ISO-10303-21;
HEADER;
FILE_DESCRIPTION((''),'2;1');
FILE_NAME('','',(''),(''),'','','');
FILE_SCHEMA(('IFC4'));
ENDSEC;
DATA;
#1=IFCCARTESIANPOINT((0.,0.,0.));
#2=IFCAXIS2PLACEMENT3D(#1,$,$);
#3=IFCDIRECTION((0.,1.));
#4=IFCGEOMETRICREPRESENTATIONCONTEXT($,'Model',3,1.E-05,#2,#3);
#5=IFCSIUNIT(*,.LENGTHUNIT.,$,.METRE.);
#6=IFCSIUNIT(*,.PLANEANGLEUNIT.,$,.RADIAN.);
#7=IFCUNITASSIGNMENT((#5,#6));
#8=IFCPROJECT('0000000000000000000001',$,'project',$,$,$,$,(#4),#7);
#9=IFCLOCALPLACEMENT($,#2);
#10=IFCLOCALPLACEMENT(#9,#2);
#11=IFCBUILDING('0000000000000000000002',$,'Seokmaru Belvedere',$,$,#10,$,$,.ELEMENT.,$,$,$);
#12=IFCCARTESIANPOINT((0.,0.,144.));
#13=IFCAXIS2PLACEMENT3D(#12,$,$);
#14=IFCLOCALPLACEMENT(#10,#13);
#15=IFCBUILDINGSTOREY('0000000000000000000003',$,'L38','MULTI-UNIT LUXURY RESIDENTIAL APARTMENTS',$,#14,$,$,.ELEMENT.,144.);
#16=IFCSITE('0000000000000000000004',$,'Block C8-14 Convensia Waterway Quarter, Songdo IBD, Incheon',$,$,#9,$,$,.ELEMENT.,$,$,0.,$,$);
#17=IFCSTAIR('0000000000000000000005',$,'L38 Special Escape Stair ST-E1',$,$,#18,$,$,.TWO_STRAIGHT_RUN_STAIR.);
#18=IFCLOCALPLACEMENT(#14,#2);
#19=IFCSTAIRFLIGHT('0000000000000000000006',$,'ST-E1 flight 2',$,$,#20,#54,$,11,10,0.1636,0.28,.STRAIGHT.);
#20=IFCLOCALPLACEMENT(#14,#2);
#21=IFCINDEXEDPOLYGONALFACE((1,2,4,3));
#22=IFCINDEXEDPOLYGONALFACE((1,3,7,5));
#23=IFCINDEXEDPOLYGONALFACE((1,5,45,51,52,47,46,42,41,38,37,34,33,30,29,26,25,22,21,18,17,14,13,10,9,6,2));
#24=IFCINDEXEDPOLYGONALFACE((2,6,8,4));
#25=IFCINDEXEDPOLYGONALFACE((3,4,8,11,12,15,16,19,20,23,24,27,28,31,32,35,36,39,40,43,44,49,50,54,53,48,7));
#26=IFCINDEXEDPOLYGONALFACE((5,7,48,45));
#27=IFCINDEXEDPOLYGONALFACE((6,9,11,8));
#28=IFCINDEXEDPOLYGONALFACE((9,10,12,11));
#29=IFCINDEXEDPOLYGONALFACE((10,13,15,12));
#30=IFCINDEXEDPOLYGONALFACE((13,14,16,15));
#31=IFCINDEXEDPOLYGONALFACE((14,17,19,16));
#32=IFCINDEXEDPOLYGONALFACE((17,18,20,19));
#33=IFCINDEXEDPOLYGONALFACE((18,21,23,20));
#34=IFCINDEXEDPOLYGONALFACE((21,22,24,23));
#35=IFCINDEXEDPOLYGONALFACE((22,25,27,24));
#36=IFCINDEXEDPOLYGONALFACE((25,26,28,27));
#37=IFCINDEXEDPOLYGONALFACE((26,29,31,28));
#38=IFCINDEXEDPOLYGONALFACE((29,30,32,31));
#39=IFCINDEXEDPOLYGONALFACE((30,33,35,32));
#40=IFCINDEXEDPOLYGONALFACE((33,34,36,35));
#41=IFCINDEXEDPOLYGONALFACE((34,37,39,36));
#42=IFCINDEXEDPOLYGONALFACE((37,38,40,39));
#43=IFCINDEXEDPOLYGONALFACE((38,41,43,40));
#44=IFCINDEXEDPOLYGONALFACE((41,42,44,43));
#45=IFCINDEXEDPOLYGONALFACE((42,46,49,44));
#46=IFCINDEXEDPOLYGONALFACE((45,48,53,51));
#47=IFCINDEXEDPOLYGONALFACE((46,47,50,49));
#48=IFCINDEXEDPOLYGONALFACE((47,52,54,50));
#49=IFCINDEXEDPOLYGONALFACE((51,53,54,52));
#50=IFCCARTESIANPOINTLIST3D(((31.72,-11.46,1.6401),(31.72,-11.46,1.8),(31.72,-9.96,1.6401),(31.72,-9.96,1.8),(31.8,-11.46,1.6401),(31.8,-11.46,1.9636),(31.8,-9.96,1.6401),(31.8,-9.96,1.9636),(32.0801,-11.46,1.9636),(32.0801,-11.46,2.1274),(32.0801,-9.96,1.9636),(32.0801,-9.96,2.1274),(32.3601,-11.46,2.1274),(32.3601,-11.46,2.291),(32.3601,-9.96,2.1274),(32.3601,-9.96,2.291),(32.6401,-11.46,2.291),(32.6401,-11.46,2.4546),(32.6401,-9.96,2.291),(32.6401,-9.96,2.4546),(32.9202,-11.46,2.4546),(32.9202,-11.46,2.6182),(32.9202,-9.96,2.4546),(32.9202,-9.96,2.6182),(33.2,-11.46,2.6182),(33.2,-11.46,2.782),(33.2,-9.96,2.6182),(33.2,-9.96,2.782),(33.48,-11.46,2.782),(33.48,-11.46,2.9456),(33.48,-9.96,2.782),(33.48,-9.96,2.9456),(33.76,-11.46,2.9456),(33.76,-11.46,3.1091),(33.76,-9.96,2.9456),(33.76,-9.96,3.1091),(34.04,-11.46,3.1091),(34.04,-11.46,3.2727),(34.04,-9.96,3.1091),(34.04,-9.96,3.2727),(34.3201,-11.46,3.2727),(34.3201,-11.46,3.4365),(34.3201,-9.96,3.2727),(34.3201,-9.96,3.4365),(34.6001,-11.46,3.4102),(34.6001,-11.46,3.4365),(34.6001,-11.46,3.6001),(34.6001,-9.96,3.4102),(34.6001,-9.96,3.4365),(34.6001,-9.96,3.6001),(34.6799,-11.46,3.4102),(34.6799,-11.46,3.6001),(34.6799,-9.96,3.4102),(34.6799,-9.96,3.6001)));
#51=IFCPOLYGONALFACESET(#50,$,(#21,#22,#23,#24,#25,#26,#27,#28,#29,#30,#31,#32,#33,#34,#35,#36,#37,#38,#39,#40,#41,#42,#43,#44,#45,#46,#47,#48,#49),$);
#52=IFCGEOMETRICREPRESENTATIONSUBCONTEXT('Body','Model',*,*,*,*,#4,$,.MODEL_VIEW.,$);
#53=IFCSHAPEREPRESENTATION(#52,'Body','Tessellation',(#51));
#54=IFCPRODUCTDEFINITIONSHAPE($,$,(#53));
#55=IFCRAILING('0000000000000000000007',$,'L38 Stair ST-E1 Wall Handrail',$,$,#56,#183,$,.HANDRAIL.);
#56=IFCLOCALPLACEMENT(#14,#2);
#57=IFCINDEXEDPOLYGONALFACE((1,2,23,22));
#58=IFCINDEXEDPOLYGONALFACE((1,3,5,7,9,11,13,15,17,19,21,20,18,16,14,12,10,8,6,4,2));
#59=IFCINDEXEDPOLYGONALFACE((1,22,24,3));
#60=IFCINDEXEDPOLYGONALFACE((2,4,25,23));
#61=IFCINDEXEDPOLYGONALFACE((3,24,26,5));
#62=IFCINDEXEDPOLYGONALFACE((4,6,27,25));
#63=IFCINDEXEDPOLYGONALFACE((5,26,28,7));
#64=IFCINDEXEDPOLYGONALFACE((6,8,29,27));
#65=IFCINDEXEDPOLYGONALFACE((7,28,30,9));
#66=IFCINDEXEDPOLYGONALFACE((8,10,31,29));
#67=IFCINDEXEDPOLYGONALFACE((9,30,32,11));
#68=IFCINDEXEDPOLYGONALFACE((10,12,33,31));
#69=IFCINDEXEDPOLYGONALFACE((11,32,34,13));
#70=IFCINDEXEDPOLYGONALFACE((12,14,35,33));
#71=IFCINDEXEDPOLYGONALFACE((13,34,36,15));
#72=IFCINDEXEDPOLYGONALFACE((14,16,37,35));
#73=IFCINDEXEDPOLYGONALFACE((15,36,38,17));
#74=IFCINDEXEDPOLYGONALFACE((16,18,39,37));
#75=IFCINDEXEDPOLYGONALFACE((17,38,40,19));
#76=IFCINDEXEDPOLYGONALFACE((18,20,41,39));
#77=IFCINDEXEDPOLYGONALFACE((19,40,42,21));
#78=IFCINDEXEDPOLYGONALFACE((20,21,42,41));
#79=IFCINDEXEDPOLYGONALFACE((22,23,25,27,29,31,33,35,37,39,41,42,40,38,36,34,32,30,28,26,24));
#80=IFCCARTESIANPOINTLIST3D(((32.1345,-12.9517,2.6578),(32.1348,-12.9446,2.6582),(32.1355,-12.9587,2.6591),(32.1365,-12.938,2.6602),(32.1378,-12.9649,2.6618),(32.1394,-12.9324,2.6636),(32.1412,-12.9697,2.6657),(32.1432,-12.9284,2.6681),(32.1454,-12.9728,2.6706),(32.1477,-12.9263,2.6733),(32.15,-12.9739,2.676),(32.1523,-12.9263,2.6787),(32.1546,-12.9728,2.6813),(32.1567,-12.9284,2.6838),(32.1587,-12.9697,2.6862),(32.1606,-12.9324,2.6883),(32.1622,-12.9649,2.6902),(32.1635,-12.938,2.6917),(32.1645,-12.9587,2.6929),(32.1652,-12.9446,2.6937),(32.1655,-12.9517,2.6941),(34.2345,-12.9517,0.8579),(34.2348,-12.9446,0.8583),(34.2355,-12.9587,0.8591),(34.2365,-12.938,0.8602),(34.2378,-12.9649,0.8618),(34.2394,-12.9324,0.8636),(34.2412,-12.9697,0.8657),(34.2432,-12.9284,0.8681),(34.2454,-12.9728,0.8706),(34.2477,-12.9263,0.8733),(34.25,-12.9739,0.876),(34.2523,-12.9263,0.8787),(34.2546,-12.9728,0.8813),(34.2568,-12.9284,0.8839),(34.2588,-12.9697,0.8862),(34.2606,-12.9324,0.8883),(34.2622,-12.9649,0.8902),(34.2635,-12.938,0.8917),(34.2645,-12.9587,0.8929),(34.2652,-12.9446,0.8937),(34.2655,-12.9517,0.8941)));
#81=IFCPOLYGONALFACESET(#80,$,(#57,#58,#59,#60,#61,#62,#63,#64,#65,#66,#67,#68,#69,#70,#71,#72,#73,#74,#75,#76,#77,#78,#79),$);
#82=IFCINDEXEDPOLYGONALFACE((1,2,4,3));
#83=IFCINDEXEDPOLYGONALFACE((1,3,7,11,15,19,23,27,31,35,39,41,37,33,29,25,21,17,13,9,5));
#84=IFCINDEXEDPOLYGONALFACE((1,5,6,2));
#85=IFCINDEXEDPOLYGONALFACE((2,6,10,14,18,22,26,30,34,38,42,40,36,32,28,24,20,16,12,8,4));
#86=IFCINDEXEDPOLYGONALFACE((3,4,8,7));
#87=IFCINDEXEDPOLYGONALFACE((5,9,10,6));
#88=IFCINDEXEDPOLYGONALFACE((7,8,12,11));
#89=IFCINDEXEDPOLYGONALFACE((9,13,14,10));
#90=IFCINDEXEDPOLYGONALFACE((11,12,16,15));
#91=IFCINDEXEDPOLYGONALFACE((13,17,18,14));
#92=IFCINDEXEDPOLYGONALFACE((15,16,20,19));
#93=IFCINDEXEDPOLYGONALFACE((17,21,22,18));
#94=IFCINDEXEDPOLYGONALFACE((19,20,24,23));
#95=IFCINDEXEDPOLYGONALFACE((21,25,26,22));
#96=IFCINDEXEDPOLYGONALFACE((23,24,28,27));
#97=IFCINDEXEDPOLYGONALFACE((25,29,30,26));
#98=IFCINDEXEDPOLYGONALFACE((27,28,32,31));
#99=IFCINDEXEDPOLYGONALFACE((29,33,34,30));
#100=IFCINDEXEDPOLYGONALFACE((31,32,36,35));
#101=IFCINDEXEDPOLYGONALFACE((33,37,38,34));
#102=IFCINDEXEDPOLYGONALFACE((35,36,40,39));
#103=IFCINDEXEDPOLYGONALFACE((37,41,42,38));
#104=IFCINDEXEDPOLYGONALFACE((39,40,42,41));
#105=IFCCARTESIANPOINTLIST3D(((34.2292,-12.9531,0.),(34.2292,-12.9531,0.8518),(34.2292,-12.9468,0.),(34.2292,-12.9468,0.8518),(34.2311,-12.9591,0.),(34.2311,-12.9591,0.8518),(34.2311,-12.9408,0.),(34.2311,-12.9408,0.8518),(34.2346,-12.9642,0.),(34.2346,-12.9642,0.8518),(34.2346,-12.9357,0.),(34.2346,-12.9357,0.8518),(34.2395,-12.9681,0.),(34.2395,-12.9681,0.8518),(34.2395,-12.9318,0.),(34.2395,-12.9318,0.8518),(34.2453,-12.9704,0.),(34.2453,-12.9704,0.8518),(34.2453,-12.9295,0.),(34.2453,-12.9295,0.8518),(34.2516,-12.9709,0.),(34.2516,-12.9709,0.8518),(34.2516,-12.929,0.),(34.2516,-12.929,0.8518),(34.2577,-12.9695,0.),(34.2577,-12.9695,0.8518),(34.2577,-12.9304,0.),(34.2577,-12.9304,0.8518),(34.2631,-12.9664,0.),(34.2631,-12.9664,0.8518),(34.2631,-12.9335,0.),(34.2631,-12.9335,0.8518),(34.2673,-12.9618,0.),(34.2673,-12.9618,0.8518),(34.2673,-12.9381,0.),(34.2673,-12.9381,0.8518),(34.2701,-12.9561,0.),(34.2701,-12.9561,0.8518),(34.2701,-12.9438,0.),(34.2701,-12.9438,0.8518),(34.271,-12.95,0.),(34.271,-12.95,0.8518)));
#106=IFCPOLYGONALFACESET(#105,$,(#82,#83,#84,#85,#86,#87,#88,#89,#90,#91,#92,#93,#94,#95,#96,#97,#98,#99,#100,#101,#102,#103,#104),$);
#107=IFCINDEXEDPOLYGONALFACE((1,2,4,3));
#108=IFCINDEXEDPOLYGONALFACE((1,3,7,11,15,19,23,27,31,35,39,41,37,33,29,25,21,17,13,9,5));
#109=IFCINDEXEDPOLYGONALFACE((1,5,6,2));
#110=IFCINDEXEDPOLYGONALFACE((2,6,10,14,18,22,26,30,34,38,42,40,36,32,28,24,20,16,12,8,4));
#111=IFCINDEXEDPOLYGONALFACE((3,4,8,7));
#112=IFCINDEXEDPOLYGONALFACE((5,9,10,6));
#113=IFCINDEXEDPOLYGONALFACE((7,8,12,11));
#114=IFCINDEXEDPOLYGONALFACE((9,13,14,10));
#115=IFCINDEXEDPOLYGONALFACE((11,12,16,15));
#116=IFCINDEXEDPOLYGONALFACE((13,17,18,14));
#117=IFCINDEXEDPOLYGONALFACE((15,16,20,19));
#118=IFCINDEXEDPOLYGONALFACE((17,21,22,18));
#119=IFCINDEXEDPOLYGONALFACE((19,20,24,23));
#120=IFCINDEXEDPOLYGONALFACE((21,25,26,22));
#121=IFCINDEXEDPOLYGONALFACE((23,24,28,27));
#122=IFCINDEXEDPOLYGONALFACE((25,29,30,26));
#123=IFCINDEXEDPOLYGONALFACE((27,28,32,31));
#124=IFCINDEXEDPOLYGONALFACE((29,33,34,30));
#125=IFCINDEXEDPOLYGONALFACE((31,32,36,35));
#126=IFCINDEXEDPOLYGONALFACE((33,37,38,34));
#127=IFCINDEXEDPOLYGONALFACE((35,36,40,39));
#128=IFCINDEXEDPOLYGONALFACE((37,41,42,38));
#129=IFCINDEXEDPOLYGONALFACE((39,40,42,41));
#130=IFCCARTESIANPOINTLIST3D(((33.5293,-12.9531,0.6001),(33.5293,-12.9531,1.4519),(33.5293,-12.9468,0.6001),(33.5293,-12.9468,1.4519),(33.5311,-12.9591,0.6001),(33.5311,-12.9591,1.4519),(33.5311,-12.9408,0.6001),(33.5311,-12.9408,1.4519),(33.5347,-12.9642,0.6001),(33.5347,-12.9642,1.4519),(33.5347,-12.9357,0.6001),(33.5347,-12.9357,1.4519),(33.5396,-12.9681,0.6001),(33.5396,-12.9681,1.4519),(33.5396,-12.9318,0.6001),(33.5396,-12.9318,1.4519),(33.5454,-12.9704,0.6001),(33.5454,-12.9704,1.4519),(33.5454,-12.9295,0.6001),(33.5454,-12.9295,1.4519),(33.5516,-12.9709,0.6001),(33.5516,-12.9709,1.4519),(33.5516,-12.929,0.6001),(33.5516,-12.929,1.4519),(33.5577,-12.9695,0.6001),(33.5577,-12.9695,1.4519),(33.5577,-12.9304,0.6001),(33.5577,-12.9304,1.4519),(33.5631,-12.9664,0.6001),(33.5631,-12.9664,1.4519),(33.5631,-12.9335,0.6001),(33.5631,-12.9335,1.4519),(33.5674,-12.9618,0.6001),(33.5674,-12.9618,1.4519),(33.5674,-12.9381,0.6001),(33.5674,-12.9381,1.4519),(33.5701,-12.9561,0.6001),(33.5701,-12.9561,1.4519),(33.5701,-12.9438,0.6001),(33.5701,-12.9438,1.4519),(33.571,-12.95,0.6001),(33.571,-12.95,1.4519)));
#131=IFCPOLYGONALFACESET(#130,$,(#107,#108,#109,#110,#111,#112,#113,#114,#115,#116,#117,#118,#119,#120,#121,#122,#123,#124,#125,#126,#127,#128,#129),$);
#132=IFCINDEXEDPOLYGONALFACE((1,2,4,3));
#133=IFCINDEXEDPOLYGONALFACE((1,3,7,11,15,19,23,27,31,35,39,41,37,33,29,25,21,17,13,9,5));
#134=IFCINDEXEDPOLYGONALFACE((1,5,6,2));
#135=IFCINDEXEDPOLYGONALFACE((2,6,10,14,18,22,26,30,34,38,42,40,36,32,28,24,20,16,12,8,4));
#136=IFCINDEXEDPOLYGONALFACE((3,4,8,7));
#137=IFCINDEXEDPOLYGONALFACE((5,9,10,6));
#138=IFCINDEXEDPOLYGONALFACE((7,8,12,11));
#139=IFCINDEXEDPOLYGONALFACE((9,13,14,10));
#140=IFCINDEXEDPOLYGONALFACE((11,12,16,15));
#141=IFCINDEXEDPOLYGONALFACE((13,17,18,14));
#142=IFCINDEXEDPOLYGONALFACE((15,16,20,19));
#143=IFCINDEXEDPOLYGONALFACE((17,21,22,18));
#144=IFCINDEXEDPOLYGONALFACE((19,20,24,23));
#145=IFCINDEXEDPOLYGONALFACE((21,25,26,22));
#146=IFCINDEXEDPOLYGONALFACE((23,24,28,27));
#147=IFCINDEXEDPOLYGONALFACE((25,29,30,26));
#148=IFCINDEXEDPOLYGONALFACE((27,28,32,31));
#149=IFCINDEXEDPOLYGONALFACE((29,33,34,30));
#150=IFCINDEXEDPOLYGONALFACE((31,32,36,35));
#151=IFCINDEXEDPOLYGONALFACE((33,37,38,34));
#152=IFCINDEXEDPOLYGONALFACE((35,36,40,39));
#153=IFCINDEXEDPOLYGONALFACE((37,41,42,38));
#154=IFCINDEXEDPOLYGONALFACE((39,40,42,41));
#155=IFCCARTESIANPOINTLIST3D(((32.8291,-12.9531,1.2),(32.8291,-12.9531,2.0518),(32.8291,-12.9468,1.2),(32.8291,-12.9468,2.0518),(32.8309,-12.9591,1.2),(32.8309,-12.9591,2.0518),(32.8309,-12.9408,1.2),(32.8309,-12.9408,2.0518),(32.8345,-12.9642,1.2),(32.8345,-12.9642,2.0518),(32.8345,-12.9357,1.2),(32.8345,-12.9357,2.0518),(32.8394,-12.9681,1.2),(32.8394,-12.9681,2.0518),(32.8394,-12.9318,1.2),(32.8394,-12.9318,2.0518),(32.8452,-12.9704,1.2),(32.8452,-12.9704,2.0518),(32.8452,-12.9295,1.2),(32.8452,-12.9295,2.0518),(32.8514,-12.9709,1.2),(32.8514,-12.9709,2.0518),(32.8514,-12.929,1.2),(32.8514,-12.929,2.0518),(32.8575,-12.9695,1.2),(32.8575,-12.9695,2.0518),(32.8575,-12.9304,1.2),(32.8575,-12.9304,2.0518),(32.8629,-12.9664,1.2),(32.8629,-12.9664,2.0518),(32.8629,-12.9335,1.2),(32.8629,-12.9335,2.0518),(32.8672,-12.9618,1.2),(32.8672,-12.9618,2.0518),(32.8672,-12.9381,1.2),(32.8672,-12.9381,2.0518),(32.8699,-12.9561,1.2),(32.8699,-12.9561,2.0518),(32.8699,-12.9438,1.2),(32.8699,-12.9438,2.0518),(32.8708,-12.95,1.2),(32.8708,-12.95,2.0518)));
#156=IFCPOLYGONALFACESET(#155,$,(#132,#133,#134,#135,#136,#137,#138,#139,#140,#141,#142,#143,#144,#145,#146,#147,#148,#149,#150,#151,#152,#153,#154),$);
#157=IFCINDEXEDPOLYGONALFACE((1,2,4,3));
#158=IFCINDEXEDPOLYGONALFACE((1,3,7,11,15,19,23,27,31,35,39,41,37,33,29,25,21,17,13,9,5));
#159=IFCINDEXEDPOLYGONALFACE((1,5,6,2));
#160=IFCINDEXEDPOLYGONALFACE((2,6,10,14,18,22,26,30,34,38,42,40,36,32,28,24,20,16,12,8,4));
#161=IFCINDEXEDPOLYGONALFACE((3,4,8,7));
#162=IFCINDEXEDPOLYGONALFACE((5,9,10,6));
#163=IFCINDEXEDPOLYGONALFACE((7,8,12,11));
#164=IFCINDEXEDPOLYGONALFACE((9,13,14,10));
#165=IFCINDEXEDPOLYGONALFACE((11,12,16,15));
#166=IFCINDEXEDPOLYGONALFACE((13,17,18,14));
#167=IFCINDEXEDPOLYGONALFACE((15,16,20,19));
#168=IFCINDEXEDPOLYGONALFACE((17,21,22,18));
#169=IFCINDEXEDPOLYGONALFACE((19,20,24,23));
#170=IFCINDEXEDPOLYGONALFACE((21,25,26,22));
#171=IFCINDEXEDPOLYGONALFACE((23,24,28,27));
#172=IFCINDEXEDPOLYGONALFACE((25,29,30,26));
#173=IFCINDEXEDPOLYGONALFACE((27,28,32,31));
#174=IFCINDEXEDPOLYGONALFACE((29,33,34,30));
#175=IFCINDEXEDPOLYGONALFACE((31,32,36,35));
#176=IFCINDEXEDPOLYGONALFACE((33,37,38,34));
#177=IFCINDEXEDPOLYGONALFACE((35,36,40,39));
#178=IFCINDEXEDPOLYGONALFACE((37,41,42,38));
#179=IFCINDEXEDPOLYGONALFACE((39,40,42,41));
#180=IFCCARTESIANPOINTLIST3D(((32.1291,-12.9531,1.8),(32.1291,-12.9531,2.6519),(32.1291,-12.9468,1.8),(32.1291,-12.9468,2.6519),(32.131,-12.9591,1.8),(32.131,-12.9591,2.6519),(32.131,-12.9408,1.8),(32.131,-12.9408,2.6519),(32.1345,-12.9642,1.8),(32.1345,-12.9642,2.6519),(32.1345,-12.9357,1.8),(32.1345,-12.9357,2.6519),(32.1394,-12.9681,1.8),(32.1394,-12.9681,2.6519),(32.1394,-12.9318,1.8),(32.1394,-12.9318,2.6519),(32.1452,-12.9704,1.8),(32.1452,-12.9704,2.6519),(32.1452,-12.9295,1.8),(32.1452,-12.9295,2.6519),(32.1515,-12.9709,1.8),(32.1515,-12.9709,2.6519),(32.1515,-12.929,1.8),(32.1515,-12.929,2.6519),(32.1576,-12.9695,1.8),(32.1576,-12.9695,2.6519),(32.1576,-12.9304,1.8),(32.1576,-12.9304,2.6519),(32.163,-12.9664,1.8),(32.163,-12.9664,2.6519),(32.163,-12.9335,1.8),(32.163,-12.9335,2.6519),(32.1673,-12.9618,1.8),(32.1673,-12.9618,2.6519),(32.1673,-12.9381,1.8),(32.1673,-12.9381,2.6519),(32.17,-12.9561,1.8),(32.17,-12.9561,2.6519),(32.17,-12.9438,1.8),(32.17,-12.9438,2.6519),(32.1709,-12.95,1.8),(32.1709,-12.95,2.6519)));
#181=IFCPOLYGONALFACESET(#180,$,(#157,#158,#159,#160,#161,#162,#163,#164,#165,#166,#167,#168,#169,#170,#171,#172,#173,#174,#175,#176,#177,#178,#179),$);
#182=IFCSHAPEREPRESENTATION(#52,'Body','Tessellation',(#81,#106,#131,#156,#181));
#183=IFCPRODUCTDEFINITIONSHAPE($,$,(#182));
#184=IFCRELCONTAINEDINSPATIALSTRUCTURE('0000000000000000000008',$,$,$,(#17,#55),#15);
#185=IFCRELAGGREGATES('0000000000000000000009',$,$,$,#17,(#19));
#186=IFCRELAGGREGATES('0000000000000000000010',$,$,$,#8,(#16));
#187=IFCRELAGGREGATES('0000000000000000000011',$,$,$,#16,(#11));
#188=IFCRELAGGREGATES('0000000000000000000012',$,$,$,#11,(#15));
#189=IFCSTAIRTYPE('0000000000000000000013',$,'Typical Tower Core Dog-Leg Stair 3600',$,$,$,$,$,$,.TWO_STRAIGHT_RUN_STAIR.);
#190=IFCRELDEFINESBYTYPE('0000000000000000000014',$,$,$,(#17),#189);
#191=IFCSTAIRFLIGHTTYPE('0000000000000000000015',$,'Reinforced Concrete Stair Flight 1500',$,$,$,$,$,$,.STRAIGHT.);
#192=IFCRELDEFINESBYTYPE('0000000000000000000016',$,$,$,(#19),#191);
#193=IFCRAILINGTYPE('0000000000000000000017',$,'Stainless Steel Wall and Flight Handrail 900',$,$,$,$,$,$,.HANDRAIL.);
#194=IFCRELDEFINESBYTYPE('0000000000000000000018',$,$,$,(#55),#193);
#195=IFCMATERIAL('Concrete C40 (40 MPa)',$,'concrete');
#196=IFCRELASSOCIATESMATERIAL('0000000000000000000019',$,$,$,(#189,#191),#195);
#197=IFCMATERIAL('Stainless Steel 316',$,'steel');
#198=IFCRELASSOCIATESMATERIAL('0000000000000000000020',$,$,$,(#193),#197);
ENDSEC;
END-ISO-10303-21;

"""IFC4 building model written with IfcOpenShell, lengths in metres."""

from ifc_helpers import new_model, si_unit, direction, frame, origin, origin_2d, place, context, subcontext, project, spatial, polyline, circle, outline, extrude, material, type_object, element, aggregate, save


model = new_model("IFC4")

# Units and contexts
model_context = context("Model", 3, precision=1e-05, world=origin(), true_north=direction((0.0, 1.0)))
body_context = subcontext(model_context, "Body", "Model", "MODEL_VIEW")
ifc_project = project(units=[si_unit("LENGTHUNIT", "METRE"), si_unit("PLANEANGLEUNIT", "RADIAN")], contexts=[model_context])

# Site, building, storey
site_placement = place(None, origin())
site = spatial("IfcSite", under=ifc_project, at=site_placement, Name="Block C8-14 Convensia Waterway Quarter, Songdo IBD, Incheon", CompositionType="ELEMENT", RefElevation=0.0)
building_placement = place(site_placement, origin())
building = spatial("IfcBuilding", under=site, at=building_placement, Name="Seokmaru Belvedere", CompositionType="ELEMENT")
storey_placement = place(building_placement, frame((0.0, 0.0, 144.0)))
storey = spatial("IfcBuildingStorey", under=building, at=storey_placement, Name="L38", Description="MULTI-UNIT LUXURY RESIDENTIAL APARTMENTS", CompositionType="ELEMENT", Elevation=144.0)

# Shared definitions
ifc_material_1 = material(Name="Stainless Steel 316", Category="steel")

# Stair, stair flight
ifc_material_2 = material(Name="Concrete C40 (40 MPa)", Category="concrete")
stair_type = type_object("IfcStairType", Name="Typical Tower Core Dog-Leg Stair 3600", PredefinedType="TWO_STRAIGHT_RUN_STAIR", material=ifc_material_2)
stair_placement = place(storey_placement, origin())
stair = element("IfcStair", 1, at=stair_placement, inside=storey, type_object=stair_type, Name="L38 Special Escape Stair ST-E1", PredefinedType="TWO_STRAIGHT_RUN_STAIR")
stair_flight_type = type_object("IfcStairFlightType", Name="Reinforced Concrete Stair Flight 1500", PredefinedType="STRAIGHT", material=ifc_material_2)
stair_flight_1_placement = place(storey_placement, frame((31.8, -10.71, 1.8), z_axis=(0.0, 0.0, 1.0), x_axis=(1.0, 0.0, 0.0)))
stair_flight_1 = element("IfcStairFlight", 2, at=stair_flight_1_placement, type_object=stair_flight_type, Name="ST-E1 flight 2", NumberOfRisers=11, NumberOfTreads=10, PredefinedType="STRAIGHT", RiserHeight=0.1636, TreadLength=0.28, context=body_context, shape_type="SweptSolid", body=[
    extrude(outline(polyline([(-0.0801, 0.0), (0.0, 0.1636), (0.28, 0.1636), (0.28, 0.3274), (0.5601, 0.3274), (0.5601, 0.491), (0.8401, 0.491), (0.8401, 0.6545), (1.1201, 0.6545), (1.1201, 0.8181), (1.3999, 0.8181), (1.3999, 0.9819), (1.6799, 0.9819), (1.6799, 1.1455), (1.96, 1.1455), (1.96, 1.3091), (2.24, 1.3091), (2.24, 1.4727), (2.52, 1.4727), (2.52, 1.6365), (2.8, 1.6365), (2.8, 1.8), (2.8799, 1.8), (2.8799, 1.6101), (2.8, 1.6101), (0.0, -0.1599), (-0.0801, -0.1599), (-0.0801, 0.0)])), frame((0.0, 0.75, 0.0), z_axis=(0.0, -1.0, 0.0), x_axis=(1.0, 0.0, 0.0)), (0.0, 0.0, 1.0), 1.5),
])
aggregate(stair, [stair_flight_1])

# Railing
railing_type_1 = type_object("IfcRailingType", Name="Stainless Steel Wall and Flight Handrail 900", PredefinedType="HANDRAIL", material=ifc_material_1)
railing_1_placement = place(storey_placement, frame((34.25, -12.95, 0.0)))
element("IfcRailing", 3, at=railing_1_placement, inside=storey, type_object=railing_type_1, Name="L38 Stair ST-E1 Wall Handrail", PredefinedType="HANDRAIL", context=body_context, shape_type="SweptSolid", body=[
    extrude(circle(Radius=0.0239, at=origin_2d()), frame((0.0, 0.0, 0.876), z_axis=(-0.759263, 0.0, 0.650784), x_axis=(0.0, -1.0, 0.0)), (0.0, 0.0, 1.0), 2.7659),
    extrude(circle(Radius=0.021, at=origin_2d()), origin(), (0.0, 0.0, 1.0), 0.8518),
    extrude(circle(Radius=0.021, at=origin_2d()), frame((-0.7, 0.0, 0.6001)), (0.0, 0.0, 1.0), 0.8518),
    extrude(circle(Radius=0.021, at=origin_2d()), frame((-1.4001, 0.0, 1.2)), (0.0, 0.0, 1.0), 0.8518),
    extrude(circle(Radius=0.021, at=origin_2d()), frame((-2.1001, 0.0, 1.8)), (0.0, 0.0, 1.0), 0.8518),
])

save(model, "model.ifc")
